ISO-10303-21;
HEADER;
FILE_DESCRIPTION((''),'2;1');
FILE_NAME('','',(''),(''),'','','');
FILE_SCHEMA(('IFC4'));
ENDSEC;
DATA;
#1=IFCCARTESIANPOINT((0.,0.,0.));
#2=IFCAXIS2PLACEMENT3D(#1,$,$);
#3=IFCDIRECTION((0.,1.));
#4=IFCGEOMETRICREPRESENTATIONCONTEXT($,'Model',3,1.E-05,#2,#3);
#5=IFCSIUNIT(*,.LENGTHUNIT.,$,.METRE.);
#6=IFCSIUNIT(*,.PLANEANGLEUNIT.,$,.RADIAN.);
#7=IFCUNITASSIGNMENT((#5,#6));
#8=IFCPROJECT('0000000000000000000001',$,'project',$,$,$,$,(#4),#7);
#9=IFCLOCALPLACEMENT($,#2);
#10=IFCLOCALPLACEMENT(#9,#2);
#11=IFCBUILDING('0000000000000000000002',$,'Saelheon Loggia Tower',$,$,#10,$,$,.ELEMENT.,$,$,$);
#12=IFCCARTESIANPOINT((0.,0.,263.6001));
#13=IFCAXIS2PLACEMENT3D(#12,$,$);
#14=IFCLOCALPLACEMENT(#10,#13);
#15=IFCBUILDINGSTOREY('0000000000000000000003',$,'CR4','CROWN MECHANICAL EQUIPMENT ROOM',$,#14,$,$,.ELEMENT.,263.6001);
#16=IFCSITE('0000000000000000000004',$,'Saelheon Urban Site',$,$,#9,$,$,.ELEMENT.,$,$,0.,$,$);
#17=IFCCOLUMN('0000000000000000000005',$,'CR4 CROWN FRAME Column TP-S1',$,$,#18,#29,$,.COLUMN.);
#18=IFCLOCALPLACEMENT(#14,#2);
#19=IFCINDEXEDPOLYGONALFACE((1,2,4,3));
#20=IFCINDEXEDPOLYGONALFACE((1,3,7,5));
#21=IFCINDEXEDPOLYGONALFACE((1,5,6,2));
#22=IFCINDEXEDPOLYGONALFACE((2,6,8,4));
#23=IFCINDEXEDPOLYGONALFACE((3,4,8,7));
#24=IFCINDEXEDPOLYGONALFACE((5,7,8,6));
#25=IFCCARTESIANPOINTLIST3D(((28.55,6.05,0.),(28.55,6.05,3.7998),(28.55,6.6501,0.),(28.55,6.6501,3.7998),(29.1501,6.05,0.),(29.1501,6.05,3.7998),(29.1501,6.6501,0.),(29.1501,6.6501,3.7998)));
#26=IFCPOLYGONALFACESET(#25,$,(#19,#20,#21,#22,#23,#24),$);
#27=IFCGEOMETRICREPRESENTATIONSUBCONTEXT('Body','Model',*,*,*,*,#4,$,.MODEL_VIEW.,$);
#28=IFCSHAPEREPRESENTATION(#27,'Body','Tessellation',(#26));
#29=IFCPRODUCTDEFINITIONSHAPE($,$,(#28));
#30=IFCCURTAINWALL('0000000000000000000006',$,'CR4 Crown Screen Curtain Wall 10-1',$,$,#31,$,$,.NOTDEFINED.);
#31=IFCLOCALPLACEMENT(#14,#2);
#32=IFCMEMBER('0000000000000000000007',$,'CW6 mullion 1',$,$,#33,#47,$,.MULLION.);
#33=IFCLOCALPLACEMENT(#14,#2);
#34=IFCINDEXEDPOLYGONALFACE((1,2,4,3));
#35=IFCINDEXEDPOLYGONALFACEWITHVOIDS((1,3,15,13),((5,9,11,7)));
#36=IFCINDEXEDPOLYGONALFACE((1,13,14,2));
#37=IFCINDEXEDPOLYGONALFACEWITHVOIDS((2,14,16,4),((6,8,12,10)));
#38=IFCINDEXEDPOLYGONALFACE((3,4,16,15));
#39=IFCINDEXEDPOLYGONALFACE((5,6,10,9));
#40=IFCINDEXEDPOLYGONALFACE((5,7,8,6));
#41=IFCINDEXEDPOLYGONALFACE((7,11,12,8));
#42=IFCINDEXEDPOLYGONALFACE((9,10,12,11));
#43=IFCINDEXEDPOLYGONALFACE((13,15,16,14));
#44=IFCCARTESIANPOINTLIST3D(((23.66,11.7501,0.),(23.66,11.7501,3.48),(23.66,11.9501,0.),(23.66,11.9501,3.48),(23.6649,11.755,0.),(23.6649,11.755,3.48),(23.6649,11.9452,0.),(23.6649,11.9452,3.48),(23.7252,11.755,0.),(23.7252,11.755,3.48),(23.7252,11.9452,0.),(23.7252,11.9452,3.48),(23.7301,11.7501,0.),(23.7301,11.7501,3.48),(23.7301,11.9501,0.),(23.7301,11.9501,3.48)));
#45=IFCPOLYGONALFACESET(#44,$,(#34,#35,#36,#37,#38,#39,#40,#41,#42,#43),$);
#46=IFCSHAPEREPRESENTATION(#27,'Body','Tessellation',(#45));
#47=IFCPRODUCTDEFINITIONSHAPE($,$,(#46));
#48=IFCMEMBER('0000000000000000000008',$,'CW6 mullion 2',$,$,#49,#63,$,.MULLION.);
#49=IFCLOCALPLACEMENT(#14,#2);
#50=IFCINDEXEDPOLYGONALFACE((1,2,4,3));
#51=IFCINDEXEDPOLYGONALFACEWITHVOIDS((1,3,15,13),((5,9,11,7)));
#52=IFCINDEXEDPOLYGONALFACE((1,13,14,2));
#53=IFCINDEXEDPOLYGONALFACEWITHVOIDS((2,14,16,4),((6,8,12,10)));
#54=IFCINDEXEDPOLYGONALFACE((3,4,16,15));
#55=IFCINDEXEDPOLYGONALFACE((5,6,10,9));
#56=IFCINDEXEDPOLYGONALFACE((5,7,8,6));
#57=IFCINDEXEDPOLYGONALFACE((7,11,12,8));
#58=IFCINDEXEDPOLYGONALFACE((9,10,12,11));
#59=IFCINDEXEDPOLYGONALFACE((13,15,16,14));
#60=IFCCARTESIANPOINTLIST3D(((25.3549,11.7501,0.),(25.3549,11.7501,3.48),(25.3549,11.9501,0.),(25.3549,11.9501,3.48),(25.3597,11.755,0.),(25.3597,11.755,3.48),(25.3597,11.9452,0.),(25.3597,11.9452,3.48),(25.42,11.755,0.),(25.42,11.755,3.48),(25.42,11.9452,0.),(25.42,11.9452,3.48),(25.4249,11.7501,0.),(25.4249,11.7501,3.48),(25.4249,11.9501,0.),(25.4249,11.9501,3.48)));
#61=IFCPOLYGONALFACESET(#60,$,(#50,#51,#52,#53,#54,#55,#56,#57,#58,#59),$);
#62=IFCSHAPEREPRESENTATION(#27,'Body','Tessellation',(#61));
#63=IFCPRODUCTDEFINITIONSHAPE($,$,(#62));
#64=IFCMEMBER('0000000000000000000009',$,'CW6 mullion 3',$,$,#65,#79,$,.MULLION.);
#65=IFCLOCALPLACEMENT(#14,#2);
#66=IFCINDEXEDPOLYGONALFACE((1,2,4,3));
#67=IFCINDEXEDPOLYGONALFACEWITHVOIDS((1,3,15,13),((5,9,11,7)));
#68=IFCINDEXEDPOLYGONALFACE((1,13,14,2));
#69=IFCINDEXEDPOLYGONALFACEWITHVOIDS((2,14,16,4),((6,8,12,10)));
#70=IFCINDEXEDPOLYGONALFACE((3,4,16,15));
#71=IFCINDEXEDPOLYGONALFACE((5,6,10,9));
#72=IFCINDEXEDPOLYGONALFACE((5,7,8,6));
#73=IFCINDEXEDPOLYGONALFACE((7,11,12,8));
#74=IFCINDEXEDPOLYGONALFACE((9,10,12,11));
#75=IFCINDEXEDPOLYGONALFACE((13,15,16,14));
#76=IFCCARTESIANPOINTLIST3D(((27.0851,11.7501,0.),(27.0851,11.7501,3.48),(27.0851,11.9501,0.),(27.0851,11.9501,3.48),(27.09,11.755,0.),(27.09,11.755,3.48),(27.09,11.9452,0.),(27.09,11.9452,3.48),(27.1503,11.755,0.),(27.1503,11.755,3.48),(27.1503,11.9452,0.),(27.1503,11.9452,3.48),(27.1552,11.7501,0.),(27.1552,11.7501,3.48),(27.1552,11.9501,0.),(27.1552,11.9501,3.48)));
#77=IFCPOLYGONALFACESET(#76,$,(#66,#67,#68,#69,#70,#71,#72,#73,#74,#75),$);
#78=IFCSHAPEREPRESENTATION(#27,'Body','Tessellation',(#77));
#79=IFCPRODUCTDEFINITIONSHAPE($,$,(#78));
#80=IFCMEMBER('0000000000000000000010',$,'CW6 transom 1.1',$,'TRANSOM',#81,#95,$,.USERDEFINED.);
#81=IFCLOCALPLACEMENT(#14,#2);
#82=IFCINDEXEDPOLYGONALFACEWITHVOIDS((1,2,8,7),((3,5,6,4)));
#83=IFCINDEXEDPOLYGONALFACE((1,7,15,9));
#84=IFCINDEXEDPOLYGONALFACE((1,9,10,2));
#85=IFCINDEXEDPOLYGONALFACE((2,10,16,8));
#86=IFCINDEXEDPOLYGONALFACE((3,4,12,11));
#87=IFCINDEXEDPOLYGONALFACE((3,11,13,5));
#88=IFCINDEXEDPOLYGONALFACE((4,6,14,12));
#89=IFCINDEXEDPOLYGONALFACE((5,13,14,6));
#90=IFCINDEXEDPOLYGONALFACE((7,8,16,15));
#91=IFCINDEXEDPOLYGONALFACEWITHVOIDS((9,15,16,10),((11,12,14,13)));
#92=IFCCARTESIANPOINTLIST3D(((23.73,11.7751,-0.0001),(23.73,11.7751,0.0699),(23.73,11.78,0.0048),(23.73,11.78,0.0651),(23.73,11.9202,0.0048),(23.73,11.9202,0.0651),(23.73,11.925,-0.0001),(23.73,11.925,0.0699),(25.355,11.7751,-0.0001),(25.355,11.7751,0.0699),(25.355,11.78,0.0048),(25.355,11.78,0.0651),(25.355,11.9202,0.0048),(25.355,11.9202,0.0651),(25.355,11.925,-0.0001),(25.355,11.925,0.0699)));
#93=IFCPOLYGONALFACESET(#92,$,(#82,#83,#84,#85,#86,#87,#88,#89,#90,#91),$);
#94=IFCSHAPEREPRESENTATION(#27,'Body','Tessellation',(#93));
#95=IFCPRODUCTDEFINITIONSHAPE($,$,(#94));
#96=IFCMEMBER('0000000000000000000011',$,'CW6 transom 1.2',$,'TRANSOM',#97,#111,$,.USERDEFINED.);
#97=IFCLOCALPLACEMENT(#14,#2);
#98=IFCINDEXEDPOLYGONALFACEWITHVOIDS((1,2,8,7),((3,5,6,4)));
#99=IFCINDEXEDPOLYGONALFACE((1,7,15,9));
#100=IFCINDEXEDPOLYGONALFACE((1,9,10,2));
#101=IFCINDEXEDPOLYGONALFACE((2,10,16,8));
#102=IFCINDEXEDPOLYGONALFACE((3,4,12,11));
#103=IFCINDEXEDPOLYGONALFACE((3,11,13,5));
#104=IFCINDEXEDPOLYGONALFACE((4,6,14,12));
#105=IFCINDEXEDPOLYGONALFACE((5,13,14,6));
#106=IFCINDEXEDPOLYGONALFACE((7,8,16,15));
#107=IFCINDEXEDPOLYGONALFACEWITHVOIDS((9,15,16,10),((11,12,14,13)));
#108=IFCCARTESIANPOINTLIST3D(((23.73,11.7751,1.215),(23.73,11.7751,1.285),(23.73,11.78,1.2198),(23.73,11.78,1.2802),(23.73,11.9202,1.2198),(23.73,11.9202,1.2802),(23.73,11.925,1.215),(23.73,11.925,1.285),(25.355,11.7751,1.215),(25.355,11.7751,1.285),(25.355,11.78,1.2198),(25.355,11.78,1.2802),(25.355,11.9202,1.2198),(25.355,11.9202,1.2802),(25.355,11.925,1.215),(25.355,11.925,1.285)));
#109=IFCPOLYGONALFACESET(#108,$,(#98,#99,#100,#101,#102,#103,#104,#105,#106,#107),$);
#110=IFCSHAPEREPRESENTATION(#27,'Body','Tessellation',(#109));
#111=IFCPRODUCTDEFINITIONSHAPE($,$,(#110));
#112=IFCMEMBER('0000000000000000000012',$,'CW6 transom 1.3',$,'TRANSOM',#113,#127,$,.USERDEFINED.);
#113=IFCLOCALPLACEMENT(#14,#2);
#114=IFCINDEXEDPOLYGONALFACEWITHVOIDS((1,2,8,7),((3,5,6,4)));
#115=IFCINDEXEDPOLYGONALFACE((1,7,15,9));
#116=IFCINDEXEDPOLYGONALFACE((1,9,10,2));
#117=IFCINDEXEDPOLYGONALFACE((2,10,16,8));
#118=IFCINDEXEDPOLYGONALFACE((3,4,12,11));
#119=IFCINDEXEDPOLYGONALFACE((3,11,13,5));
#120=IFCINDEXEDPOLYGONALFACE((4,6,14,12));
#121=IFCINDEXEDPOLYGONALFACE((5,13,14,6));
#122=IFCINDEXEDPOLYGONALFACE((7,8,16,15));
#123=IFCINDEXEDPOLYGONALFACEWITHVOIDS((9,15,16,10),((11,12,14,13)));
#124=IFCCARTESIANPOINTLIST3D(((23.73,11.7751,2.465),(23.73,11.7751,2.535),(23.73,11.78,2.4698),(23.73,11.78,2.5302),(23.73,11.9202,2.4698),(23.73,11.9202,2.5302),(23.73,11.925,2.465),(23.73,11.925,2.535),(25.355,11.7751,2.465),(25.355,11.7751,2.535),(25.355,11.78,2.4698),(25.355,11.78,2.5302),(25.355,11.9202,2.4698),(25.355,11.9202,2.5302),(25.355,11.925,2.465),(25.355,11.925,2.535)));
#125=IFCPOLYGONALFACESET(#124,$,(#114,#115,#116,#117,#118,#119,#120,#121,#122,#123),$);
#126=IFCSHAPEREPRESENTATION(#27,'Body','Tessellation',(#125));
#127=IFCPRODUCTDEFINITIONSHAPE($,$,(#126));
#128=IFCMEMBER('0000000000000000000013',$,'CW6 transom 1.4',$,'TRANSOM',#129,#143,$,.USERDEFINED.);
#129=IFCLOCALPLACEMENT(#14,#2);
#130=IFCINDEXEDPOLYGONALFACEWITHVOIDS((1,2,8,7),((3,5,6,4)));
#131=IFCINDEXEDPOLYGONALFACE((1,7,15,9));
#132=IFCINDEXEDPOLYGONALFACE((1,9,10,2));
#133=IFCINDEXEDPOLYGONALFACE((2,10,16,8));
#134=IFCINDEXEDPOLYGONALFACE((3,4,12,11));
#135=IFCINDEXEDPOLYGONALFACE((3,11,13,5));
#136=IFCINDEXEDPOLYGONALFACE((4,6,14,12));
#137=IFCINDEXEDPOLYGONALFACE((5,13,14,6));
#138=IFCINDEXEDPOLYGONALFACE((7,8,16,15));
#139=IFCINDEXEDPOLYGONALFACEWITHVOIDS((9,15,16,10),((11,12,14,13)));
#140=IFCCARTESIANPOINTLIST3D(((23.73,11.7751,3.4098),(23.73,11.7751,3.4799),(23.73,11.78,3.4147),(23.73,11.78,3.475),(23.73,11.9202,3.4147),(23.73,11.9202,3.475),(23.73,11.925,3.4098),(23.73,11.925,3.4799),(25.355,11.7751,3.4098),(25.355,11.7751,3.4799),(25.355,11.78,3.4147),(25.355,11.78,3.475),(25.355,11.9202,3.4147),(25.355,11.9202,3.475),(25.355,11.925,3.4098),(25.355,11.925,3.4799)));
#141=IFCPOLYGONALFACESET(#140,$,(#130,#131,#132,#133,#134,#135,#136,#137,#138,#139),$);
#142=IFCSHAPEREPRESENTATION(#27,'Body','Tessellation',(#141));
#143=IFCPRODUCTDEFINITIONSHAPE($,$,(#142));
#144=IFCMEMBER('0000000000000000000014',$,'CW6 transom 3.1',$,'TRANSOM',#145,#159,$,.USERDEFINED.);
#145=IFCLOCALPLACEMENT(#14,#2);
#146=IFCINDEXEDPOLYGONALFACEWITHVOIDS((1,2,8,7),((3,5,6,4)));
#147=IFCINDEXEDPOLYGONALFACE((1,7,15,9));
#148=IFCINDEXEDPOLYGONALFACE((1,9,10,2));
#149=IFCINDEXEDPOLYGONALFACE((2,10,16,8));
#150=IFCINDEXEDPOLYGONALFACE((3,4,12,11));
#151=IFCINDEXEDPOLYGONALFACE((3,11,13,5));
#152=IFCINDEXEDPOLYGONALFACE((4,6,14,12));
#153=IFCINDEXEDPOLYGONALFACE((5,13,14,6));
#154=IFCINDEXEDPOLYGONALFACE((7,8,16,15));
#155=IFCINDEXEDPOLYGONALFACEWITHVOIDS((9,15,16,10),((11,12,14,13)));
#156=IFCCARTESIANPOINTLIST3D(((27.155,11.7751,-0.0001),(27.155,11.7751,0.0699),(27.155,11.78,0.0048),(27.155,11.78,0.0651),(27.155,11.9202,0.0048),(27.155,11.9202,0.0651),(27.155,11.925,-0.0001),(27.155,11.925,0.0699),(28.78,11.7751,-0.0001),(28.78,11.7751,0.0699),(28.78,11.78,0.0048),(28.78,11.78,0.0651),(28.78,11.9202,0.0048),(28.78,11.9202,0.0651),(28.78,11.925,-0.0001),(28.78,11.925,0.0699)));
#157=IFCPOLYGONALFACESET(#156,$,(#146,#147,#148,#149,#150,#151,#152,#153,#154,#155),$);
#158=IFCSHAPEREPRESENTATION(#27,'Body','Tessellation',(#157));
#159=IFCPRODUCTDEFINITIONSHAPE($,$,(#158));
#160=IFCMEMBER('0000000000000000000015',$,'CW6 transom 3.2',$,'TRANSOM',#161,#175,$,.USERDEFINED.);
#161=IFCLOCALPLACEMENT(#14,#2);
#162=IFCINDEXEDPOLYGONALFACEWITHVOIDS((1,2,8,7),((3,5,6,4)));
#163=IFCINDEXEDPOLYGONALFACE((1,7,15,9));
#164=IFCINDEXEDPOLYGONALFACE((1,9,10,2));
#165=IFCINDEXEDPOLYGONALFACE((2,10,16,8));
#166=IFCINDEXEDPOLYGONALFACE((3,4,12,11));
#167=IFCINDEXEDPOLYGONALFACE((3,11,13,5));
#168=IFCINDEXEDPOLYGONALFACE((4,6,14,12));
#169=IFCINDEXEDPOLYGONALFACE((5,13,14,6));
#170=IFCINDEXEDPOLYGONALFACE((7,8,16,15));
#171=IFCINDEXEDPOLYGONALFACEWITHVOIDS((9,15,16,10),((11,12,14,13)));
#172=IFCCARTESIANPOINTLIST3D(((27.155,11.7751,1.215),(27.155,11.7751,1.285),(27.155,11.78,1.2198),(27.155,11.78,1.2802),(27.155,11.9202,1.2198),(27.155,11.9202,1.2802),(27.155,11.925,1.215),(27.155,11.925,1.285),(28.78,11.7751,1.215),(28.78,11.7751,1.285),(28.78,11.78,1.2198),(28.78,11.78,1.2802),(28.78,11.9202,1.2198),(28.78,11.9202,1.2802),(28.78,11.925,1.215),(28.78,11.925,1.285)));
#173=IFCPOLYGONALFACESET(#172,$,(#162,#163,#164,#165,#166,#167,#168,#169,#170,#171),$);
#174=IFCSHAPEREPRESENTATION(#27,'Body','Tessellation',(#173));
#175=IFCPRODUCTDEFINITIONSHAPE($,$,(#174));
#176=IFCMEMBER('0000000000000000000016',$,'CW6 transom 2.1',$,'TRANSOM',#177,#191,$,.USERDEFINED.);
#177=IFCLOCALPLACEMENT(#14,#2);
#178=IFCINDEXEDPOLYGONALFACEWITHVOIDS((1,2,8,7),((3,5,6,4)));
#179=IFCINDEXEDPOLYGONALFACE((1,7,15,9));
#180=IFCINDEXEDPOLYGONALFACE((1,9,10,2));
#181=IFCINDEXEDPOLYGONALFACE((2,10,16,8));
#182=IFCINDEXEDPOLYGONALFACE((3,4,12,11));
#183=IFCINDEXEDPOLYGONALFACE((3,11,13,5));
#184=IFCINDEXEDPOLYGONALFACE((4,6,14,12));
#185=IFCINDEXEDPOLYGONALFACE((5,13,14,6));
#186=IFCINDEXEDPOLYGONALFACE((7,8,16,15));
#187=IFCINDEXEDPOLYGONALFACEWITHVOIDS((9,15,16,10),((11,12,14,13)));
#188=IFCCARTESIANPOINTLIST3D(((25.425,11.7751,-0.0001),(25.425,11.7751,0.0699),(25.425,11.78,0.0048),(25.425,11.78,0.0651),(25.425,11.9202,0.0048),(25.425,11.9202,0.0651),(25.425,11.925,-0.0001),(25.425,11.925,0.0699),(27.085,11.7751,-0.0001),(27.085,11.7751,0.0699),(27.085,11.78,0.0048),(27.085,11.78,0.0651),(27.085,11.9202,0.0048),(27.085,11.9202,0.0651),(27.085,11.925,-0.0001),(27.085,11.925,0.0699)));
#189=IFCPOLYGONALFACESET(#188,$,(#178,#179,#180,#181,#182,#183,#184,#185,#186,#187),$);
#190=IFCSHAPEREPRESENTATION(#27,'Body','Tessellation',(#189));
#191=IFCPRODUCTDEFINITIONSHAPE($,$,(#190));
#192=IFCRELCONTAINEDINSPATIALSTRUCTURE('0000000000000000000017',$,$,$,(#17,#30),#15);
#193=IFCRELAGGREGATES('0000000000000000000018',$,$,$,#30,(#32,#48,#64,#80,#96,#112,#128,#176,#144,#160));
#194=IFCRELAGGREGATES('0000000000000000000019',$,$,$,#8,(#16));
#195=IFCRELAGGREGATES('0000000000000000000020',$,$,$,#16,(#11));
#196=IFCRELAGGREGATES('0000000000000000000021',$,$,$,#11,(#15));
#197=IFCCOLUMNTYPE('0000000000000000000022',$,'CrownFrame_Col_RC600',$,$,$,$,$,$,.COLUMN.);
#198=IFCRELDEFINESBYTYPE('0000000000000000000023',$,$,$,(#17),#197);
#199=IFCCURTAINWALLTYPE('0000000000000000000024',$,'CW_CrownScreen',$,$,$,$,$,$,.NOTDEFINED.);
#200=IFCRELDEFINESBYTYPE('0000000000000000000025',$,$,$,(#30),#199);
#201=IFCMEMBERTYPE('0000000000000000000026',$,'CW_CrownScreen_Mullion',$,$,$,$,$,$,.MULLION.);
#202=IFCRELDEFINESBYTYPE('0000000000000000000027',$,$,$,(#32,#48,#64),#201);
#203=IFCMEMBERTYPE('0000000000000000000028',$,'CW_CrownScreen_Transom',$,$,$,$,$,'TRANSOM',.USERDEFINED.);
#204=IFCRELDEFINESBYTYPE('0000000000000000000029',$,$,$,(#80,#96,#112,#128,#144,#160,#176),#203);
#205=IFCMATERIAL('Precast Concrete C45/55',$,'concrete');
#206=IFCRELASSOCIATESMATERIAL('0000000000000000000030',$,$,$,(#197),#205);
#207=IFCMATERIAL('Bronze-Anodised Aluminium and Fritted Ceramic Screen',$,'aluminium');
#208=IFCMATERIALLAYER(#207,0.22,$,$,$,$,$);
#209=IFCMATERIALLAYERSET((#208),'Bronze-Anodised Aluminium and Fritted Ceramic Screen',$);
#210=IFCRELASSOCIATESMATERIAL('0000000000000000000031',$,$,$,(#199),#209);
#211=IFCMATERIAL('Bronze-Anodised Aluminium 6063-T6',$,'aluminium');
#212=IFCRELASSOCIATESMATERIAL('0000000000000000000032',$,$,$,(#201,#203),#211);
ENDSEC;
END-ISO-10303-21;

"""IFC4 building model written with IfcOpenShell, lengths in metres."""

from ifc_helpers import new_model, si_unit, direction, frame, origin, origin_2d, place, context, subcontext, project, spatial, rectangle, hollow_rectangle, extrude, source, transform, mapped, material, layer, layer_set, material_profile, profile_set, type_object, element, aggregate, save


model = new_model("IFC4")

# Units and contexts
model_context = context("Model", 3, precision=1e-05, world=origin(), true_north=direction((0.0, 1.0)))
body_context = subcontext(model_context, "Body", "Model", "MODEL_VIEW")
ifc_project = project(units=[si_unit("LENGTHUNIT", "METRE"), si_unit("PLANEANGLEUNIT", "RADIAN")], contexts=[model_context])

# Site, building, storey
site_placement = place(None, origin())
site = spatial("IfcSite", under=ifc_project, at=site_placement, Name="Saelheon Urban Site", CompositionType="ELEMENT", RefElevation=0.0)
building_placement = place(site_placement, origin())
building = spatial("IfcBuilding", under=site, at=building_placement, Name="Saelheon Loggia Tower", CompositionType="ELEMENT")
storey_placement = place(building_placement, frame((0.0, 0.0, 263.6001)))
storey = spatial("IfcBuildingStorey", under=building, at=storey_placement, Name="CR4", Description="CROWN MECHANICAL EQUIPMENT ROOM", CompositionType="ELEMENT", Elevation=263.6001)

# Column
ifc_material_1 = material(Name="Precast Concrete C45/55", Category="concrete")
ifc_material_profile_1 = material_profile(ifc_material_1, rectangle(XDim=0.6001, YDim=0.6001, at=origin_2d()), Name="RC-600x600")
ifc_profile_set_1 = profile_set([ifc_material_profile_1], Name="Precast Concrete C45/55")
column_type = type_object("IfcColumnType", Name="CrownFrame_Col_RC600", PredefinedType="COLUMN", material=ifc_profile_set_1)
shared_shape_1 = source(origin(), body_context, "Body", "SweptSolid", [
    extrude(rectangle(XDim=0.6001, YDim=0.6001, at=origin_2d()), origin(), (0.0, 0.0, 1.0), 3.7998),
])
column_placement = place(storey_placement, frame((28.8501, 6.3501, 0.0), z_axis=(0.0, 0.0, 1.0), x_axis=(1.0, 0.0, 0.0)))
element("IfcColumn", 1, at=column_placement, inside=storey, type_object=column_type, Name="CR4 CROWN FRAME Column TP-S1", PredefinedType="COLUMN", context=body_context, shape_type="MappedRepresentation", body=[
    mapped(shared_shape_1, transform((0.0, 0.0, 0.0), scale=1.0)),
])

# Curtain wall, members
ifc_material_2 = material(Name="Bronze-Anodised Aluminium and Fritted Ceramic Screen", Category="aluminium")
ifc_layer_1 = layer(ifc_material_2, 0.22)
ifc_layer_set_1 = layer_set([ifc_layer_1], Name="Bronze-Anodised Aluminium and Fritted Ceramic Screen")
curtain_wall_type = type_object("IfcCurtainWallType", Name="CW_CrownScreen", PredefinedType="NOTDEFINED", material=ifc_layer_set_1)
curtain_wall_placement = place(storey_placement, origin())
curtain_wall = element("IfcCurtainWall", 2, at=curtain_wall_placement, inside=storey, type_object=curtain_wall_type, Name="CR4 Crown Screen Curtain Wall 10-1", PredefinedType="NOTDEFINED")
ifc_material_3 = material(Name="Bronze-Anodised Aluminium 6063-T6", Category="aluminium")
ifc_material_profile_2 = material_profile(ifc_material_3, hollow_rectangle(XDim=0.0701, YDim=0.2, WallThickness=0.0049, at=origin_2d()), Name="RHS-200x70x5")
ifc_profile_set_2 = profile_set([ifc_material_profile_2], Name="Bronze-Anodised Aluminium 6063-T6")
member_type_1 = type_object("IfcMemberType", Name="CW_CrownScreen_Mullion", PredefinedType="MULLION", material=ifc_profile_set_2)
shared_shape_2 = source(origin(), body_context, "Body", "SweptSolid", [
    extrude(hollow_rectangle(XDim=0.0701, YDim=0.2, WallThickness=0.0049, at=origin_2d()), origin(), (0.0, 0.0, 1.0), 3.48),
])
member_1_placement = place(storey_placement, frame((23.6951, 11.8501, 0.0), z_axis=(0.0, 0.0, 1.0), x_axis=(1.0, 0.0, 0.0)))
member_1 = element("IfcMember", 3, at=member_1_placement, type_object=member_type_1, Name="CW6 mullion 1", PredefinedType="MULLION", context=body_context, shape_type="MappedRepresentation", body=[
    mapped(shared_shape_2, transform((0.0, 0.0, 0.0), scale=1.0)),
])
member_2_placement = place(storey_placement, frame((25.3899, 11.8501, 0.0), z_axis=(0.0, 0.0, 1.0), x_axis=(1.0, 0.0, 0.0)))
member_2 = element("IfcMember", 4, at=member_2_placement, type_object=member_type_1, Name="CW6 mullion 2", PredefinedType="MULLION", context=body_context, shape_type="MappedRepresentation", body=[
    mapped(shared_shape_2, transform((0.0, 0.0, 0.0), scale=1.0)),
])
member_3_placement = place(storey_placement, frame((27.1201, 11.8501, 0.0), z_axis=(0.0, 0.0, 1.0), x_axis=(1.0, 0.0, 0.0)))
member_3 = element("IfcMember", 5, at=member_3_placement, type_object=member_type_1, Name="CW6 mullion 3", PredefinedType="MULLION", context=body_context, shape_type="MappedRepresentation", body=[
    mapped(shared_shape_2, transform((0.0, 0.0, 0.0), scale=1.0)),
])
ifc_material_profile_3 = material_profile(ifc_material_3, hollow_rectangle(XDim=0.0701, YDim=0.1499, WallThickness=0.0049, at=origin_2d()), Name="RHS-150x70x5")
ifc_profile_set_3 = profile_set([ifc_material_profile_3], Name="Bronze-Anodised Aluminium 6063-T6")
member_type_2 = type_object("IfcMemberType", Name="CW_CrownScreen_Transom", ElementType="TRANSOM", PredefinedType="USERDEFINED", material=ifc_profile_set_3)
shared_shape_3 = source(origin(), body_context, "Body", "SweptSolid", [
    extrude(hollow_rectangle(XDim=0.0701, YDim=0.1499, WallThickness=0.0049, at=origin_2d()), origin(), (0.0, 0.0, 1.0), 1.625),
])
member_4_placement = place(storey_placement, frame((23.73, 11.8501, 0.0349), z_axis=(1.0, 0.0, 0.0), x_axis=(0.0, 0.0, 1.0)))
member_4 = element("IfcMember", 6, at=member_4_placement, type_object=member_type_2, Name="CW6 transom 1.1", ObjectType="TRANSOM", PredefinedType="USERDEFINED", context=body_context, shape_type="MappedRepresentation", body=[
    mapped(shared_shape_3, transform((0.0, 0.0, 0.0), scale=1.0)),
])
member_5_placement = place(storey_placement, frame((23.73, 11.8501, 1.25), z_axis=(1.0, 0.0, 0.0), x_axis=(0.0, 0.0, 1.0)))
member_5 = element("IfcMember", 7, at=member_5_placement, type_object=member_type_2, Name="CW6 transom 1.2", ObjectType="TRANSOM", PredefinedType="USERDEFINED", context=body_context, shape_type="MappedRepresentation", body=[
    mapped(shared_shape_3, transform((0.0, 0.0, 0.0), scale=1.0)),
])
member_6_placement = place(storey_placement, frame((23.73, 11.8501, 2.5), z_axis=(1.0, 0.0, 0.0), x_axis=(0.0, 0.0, 1.0)))
member_6 = element("IfcMember", 8, at=member_6_placement, type_object=member_type_2, Name="CW6 transom 1.3", ObjectType="TRANSOM", PredefinedType="USERDEFINED", context=body_context, shape_type="MappedRepresentation", body=[
    mapped(shared_shape_3, transform((0.0, 0.0, 0.0), scale=1.0)),
])
member_7_placement = place(storey_placement, frame((23.73, 11.8501, 3.4448), z_axis=(1.0, 0.0, 0.0), x_axis=(0.0, 0.0, 1.0)))
member_7 = element("IfcMember", 9, at=member_7_placement, type_object=member_type_2, Name="CW6 transom 1.4", ObjectType="TRANSOM", PredefinedType="USERDEFINED", context=body_context, shape_type="MappedRepresentation", body=[
    mapped(shared_shape_3, transform((0.0, 0.0, 0.0), scale=1.0)),
])
member_8_placement = place(storey_placement, frame((27.155, 11.8501, 0.0349), z_axis=(1.0, 0.0, 0.0), x_axis=(0.0, 0.0, 1.0)))
member_8 = element("IfcMember", 10, at=member_8_placement, type_object=member_type_2, Name="CW6 transom 3.1", ObjectType="TRANSOM", PredefinedType="USERDEFINED", context=body_context, shape_type="MappedRepresentation", body=[
    mapped(shared_shape_3, transform((0.0, 0.0, 0.0), scale=1.0)),
])
member_9_placement = place(storey_placement, frame((27.155, 11.8501, 1.25), z_axis=(1.0, 0.0, 0.0), x_axis=(0.0, 0.0, 1.0)))
member_9 = element("IfcMember", 11, at=member_9_placement, type_object=member_type_2, Name="CW6 transom 3.2", ObjectType="TRANSOM", PredefinedType="USERDEFINED", context=body_context, shape_type="MappedRepresentation", body=[
    mapped(shared_shape_3, transform((0.0, 0.0, 0.0), scale=1.0)),
])
shared_shape_4 = source(origin(), body_context, "Body", "SweptSolid", [
    extrude(hollow_rectangle(XDim=0.0701, YDim=0.1499, WallThickness=0.0049, at=origin_2d()), origin(), (0.0, 0.0, 1.0), 1.6599),
])
member_10_placement = place(storey_placement, frame((25.425, 11.8501, 0.0349), z_axis=(1.0, 0.0, 0.0), x_axis=(0.0, 0.0, 1.0)))
member_10 = element("IfcMember", 12, at=member_10_placement, type_object=member_type_2, Name="CW6 transom 2.1", ObjectType="TRANSOM", PredefinedType="USERDEFINED", context=body_context, shape_type="MappedRepresentation", body=[
    mapped(shared_shape_4, transform((0.0, 0.0, 0.0), scale=1.0)),
])
aggregate(curtain_wall, [member_1, member_2, member_3, member_4, member_5, member_6, member_7, member_10, member_8, member_9])

save(model, "model.ifc")
